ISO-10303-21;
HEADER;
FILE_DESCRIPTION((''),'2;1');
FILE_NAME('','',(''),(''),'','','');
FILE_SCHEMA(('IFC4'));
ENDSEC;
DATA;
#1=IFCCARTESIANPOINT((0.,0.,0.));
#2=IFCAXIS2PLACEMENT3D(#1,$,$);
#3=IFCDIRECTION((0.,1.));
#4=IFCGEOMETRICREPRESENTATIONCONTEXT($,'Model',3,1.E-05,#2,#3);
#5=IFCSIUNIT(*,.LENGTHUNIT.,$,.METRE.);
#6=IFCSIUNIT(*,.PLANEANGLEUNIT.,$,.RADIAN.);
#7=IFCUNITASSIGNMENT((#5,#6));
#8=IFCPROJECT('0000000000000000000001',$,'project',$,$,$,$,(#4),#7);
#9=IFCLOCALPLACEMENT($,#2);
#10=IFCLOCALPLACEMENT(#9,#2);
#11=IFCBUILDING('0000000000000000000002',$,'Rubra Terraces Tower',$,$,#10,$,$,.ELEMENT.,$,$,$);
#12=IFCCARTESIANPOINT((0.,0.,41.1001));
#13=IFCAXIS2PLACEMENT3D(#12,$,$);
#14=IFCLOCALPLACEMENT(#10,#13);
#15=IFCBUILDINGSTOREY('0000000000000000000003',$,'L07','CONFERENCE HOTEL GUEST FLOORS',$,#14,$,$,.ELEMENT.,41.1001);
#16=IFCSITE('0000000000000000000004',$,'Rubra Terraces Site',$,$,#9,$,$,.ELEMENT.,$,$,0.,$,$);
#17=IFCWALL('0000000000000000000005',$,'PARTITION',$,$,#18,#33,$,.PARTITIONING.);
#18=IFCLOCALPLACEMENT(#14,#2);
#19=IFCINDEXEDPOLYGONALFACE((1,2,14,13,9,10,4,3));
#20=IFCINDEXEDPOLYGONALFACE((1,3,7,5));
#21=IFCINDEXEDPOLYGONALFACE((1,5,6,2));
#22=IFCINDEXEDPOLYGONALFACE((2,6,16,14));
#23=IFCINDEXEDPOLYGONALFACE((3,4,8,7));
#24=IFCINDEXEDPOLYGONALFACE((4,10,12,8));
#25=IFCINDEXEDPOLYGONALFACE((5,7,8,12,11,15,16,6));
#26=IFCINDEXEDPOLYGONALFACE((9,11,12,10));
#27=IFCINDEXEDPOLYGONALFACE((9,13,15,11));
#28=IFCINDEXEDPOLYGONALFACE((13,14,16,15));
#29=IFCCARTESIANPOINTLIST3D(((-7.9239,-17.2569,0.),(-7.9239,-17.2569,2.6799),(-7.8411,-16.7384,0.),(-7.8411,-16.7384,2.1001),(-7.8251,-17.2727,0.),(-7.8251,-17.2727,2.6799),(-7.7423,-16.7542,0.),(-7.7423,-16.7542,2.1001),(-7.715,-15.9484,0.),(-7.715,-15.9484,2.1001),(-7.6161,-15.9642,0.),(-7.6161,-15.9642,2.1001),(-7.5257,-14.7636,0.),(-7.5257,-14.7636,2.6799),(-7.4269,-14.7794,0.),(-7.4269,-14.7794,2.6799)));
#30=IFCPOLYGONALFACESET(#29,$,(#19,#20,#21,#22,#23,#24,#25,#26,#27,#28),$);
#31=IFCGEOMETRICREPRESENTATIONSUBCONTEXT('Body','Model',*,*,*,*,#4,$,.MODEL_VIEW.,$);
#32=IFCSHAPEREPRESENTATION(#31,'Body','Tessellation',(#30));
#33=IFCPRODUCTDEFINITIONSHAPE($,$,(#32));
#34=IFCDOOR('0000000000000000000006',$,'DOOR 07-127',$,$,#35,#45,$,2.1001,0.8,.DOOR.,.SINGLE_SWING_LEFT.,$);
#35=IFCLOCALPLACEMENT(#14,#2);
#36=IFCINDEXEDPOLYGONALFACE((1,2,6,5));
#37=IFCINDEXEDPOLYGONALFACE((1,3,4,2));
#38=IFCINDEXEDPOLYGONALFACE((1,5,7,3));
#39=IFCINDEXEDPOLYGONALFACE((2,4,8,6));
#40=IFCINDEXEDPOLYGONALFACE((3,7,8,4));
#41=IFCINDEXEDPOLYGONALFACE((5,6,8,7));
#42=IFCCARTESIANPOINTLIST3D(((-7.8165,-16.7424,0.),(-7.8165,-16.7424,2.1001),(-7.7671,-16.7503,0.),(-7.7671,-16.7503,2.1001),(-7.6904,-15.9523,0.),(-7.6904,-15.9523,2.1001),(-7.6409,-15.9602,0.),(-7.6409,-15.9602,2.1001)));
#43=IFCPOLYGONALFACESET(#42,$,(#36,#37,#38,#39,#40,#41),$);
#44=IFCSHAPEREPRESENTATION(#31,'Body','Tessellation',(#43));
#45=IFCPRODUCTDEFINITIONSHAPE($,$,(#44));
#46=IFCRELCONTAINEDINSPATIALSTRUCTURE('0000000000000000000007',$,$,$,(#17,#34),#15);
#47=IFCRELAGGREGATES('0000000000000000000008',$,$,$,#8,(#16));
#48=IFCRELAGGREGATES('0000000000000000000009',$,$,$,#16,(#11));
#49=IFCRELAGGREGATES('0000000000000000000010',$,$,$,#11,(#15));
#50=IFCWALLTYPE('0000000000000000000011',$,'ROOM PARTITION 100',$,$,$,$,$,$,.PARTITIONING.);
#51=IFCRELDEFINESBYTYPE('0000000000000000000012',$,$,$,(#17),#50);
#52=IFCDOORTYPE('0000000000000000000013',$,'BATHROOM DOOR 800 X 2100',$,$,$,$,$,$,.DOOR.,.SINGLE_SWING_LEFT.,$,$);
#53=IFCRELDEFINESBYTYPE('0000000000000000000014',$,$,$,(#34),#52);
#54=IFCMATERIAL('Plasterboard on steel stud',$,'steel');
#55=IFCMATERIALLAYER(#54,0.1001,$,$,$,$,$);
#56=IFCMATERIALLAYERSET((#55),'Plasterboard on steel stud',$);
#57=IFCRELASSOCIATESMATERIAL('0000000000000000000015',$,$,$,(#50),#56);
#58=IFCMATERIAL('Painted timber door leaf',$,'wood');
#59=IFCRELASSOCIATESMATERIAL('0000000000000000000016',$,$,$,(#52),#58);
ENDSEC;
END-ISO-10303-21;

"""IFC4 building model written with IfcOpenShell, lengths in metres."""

from ifc_helpers import new_model, si_unit, direction, frame, frame_2d, origin, place, context, subcontext, project, spatial, rectangle, extrude, material, layer, layer_set, type_object, element, fill, save


model = new_model("IFC4")

# Units and contexts
model_context = context("Model", 3, precision=1e-05, world=origin(), true_north=direction((0.0, 1.0)))
body_context = subcontext(model_context, "Body", "Model", "MODEL_VIEW")
ifc_project = project(units=[si_unit("LENGTHUNIT", "METRE"), si_unit("PLANEANGLEUNIT", "RADIAN")], contexts=[model_context])

# Site, building, storey
site_placement = place(None, origin())
site = spatial("IfcSite", under=ifc_project, at=site_placement, Name="Rubra Terraces Site", CompositionType="ELEMENT", RefElevation=0.0)
building_placement = place(site_placement, origin())
building = spatial("IfcBuilding", under=site, at=building_placement, Name="Rubra Terraces Tower", CompositionType="ELEMENT")
storey_placement = place(building_placement, frame((0.0, 0.0, 41.1001)))
storey = spatial("IfcBuildingStorey", under=building, at=storey_placement, Name="L07", Description="CONFERENCE HOTEL GUEST FLOORS", CompositionType="ELEMENT", Elevation=41.1001)

# Shared definitions
ifc_material_1 = material(Name="Painted timber door leaf", Category="wood")

# Shared definitions
ifc_material_2 = material(Name="Plasterboard on steel stud", Category="steel")
ifc_layer_1 = layer(ifc_material_2, 0.1001)
ifc_layer_set_1 = layer_set([ifc_layer_1], Name="Plasterboard on steel stud")
wall_type_1 = type_object("IfcWallType", Name="ROOM PARTITION 100", PredefinedType="PARTITIONING", material=ifc_layer_set_1)
door_type_1 = type_object("IfcDoorType", Name="BATHROOM DOOR 800 X 2100", OperationType="SINGLE_SWING_LEFT", PredefinedType="DOOR", material=ifc_material_1)

# Wall, opening, door
wall_1_placement = place(storey_placement, frame((-7.4763, -14.7715, 0.0), z_axis=(0.0, 0.0, 1.0), x_axis=(-0.1577, -0.987487, 0.0)))
wall_1 = element("IfcWall", 1, at=wall_1_placement, inside=storey, type_object=wall_type_1, Name="PARTITION", PredefinedType="PARTITIONING", context=body_context, shape_type="SweptSolid", body=[
    extrude(rectangle(XDim=2.5249, YDim=0.1001, at=frame_2d((1.2625, 0.0))), origin(), (0.0, 0.0, 1.0), 2.6799),
])
opening_1_placement = place(wall_1_placement, frame((1.2, 0.0, 0.0)))
opening_1 = element("IfcOpeningElement", 2, at=opening_1_placement, cuts=wall_1, PredefinedType="OPENING", context=body_context, shape_type="SweptSolid", body=[
    extrude(rectangle(XDim=0.8, YDim=2.1001, at=frame_2d((0.3999, 1.05))), frame((0.0, 0.0601, 0.0), z_axis=(0.0, -1.0, 0.0), x_axis=(1.0, 0.0, 0.0)), (0.0, 0.0, 1.0), 0.1201),
])
door_1_placement = place(opening_1_placement, origin())
door_1 = element("IfcDoor", 3, at=door_1_placement, inside=storey, type_object=door_type_1, Name="DOOR 07-127", OperationType="SINGLE_SWING_LEFT", OverallHeight=2.1001, OverallWidth=0.8, PredefinedType="DOOR", context=body_context, shape_type="SweptSolid", body=[
    extrude(rectangle(XDim=0.8, YDim=2.1001, at=frame_2d((0.3999, 1.05))), frame((0.0, 0.0249, 0.0), z_axis=(0.0, -1.0, 0.0), x_axis=(1.0, 0.0, 0.0)), (0.0, 0.0, 1.0), 0.05),
])
fill(opening_1, door_1)

save(model, "model.ifc")
